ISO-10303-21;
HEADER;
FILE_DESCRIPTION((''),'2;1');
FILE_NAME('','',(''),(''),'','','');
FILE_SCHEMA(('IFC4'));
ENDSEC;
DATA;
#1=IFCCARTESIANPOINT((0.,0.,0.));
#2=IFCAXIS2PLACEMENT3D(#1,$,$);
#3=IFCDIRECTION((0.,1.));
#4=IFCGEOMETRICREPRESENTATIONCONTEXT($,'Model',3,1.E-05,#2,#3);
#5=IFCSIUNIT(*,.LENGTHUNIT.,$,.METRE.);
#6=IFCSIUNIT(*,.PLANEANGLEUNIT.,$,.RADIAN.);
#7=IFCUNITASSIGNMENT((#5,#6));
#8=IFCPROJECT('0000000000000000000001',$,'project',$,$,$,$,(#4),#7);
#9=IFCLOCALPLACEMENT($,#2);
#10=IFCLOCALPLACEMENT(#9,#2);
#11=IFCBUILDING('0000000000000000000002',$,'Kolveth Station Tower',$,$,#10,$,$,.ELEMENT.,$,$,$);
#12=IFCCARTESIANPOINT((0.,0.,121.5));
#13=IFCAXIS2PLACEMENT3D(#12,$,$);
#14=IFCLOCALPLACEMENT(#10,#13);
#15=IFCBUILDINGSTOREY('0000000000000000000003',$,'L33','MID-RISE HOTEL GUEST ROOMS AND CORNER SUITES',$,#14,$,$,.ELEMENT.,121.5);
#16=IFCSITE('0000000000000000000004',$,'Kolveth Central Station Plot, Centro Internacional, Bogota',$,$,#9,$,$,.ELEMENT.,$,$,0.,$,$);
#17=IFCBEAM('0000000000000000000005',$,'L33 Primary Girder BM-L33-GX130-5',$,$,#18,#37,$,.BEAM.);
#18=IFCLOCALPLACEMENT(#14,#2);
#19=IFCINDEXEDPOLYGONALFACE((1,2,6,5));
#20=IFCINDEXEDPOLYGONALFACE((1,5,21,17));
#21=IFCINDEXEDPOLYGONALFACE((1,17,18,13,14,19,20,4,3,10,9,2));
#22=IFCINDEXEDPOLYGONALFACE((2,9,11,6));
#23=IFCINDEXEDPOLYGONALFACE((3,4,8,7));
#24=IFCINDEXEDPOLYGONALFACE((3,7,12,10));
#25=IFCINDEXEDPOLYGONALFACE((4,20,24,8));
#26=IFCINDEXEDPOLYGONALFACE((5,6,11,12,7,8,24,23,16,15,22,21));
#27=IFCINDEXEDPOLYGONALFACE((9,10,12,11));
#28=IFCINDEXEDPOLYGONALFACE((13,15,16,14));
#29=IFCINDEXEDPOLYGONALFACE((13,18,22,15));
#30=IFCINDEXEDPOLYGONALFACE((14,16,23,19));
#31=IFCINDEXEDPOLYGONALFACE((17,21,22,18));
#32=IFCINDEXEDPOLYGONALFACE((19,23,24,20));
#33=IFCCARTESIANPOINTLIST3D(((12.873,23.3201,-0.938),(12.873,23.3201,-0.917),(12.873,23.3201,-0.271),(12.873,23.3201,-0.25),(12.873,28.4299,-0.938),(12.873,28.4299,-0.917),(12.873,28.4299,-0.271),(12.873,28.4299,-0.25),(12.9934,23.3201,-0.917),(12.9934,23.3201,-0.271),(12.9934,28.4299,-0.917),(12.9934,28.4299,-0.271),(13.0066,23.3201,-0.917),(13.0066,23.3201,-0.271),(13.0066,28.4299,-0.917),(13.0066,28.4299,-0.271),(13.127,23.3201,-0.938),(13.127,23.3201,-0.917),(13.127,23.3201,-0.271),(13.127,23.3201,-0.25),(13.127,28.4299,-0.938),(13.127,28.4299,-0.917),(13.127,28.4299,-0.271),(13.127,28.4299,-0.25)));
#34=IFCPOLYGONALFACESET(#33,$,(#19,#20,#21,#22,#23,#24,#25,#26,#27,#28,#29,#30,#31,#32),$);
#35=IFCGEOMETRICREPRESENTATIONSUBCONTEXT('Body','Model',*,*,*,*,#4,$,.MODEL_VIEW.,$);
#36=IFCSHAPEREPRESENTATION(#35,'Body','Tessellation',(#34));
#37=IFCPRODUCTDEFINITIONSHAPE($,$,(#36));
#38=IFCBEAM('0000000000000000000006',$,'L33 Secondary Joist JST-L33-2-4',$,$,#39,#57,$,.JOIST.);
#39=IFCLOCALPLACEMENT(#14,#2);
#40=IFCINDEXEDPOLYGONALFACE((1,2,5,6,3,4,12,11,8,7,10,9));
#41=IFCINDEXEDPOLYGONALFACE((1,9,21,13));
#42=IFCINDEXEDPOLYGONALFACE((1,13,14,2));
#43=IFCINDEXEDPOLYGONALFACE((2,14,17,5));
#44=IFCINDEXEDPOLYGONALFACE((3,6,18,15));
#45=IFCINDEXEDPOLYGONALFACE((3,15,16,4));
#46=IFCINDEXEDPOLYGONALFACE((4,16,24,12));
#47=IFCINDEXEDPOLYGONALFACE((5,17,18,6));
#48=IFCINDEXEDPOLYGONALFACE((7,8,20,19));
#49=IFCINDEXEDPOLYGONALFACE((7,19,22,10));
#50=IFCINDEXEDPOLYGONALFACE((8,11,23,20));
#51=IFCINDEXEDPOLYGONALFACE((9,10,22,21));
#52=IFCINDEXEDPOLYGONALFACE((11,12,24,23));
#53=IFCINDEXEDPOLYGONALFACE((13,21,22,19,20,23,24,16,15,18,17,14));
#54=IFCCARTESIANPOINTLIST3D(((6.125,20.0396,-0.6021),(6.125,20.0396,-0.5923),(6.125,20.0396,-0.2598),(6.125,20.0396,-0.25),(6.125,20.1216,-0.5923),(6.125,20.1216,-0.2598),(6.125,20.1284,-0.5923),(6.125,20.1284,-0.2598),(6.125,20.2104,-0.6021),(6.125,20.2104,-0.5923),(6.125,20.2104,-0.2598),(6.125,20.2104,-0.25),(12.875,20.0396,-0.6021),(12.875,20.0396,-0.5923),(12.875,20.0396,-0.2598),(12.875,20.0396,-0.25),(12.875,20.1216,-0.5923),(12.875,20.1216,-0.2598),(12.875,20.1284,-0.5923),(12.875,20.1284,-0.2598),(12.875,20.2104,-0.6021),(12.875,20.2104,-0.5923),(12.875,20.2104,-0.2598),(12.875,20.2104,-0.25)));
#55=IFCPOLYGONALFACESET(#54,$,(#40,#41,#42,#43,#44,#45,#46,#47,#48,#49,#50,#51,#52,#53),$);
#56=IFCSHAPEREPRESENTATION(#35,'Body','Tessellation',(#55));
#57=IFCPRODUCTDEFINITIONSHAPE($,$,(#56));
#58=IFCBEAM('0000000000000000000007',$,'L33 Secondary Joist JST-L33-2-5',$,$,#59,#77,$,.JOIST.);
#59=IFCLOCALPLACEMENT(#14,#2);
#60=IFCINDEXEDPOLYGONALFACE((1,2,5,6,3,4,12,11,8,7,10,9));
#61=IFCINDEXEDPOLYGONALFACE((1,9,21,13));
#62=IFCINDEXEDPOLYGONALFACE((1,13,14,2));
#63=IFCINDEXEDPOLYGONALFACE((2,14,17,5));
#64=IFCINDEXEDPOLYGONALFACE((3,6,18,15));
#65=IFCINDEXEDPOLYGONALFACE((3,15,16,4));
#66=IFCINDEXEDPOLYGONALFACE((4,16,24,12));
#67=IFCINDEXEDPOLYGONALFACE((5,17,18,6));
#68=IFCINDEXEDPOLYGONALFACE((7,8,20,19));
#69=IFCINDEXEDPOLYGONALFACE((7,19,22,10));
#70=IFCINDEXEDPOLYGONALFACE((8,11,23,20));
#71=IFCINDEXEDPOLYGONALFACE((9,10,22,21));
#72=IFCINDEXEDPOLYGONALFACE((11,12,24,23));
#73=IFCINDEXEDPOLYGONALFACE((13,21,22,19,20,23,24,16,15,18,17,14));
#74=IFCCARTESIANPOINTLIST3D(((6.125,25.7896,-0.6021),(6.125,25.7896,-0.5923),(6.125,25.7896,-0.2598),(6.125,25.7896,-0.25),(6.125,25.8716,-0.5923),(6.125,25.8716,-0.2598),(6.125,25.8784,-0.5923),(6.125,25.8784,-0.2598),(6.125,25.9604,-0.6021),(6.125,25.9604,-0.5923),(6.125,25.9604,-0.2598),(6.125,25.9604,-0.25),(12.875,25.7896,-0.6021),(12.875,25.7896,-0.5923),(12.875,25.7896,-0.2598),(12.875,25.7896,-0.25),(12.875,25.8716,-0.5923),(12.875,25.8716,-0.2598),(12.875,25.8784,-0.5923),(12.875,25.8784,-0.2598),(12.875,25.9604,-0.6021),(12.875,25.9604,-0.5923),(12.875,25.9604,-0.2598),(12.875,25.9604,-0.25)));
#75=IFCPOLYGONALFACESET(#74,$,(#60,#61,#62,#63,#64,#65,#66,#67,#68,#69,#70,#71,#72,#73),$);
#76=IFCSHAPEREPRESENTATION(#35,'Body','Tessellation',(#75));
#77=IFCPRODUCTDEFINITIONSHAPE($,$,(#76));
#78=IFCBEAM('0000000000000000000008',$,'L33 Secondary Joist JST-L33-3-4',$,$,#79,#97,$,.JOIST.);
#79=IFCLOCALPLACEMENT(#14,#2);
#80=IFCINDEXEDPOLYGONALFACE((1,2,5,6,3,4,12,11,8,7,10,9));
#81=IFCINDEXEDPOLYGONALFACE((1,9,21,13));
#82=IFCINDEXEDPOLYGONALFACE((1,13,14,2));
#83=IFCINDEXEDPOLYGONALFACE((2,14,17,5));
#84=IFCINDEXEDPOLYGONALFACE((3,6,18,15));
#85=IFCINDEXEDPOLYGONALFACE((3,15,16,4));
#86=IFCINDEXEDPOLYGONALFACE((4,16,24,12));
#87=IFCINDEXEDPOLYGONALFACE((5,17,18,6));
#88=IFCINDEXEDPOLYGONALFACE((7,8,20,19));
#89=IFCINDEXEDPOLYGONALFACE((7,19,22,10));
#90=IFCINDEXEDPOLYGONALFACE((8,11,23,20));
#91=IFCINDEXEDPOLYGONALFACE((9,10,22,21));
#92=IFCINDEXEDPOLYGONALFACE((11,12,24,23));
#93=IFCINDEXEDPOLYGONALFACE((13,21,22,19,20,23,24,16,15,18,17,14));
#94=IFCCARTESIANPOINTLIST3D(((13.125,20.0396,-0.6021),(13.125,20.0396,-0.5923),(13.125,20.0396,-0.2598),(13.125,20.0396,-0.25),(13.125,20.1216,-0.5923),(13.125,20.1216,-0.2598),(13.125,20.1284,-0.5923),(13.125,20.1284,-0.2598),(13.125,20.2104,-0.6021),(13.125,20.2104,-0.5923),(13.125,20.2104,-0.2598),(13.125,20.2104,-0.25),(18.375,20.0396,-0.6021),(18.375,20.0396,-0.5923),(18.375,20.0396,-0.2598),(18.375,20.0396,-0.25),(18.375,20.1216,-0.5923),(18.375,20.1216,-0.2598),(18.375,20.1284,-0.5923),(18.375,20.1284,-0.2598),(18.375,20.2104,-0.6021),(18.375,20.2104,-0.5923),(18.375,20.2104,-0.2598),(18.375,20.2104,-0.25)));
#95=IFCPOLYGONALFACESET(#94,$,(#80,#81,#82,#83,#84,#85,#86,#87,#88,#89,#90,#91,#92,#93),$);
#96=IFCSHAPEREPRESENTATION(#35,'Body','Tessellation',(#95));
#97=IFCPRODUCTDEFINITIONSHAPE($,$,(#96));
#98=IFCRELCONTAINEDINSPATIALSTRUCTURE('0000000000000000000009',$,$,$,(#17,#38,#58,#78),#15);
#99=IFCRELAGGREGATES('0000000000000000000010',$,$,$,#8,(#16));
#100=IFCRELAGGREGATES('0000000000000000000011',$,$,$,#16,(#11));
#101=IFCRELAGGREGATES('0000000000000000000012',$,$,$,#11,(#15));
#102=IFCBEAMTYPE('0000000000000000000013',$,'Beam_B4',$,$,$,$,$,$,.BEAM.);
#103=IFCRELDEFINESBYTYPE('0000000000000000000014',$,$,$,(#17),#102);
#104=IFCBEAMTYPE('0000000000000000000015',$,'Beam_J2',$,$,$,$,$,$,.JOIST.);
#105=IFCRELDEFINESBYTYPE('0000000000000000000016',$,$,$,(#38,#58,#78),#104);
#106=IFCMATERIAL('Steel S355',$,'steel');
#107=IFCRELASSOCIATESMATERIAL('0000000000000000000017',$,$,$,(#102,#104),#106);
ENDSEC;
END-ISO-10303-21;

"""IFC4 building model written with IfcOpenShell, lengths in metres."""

from ifc_helpers import new_model, si_unit, direction, frame, origin, origin_2d, place, context, subcontext, project, spatial, i_section, extrude, source, transform, mapped, material, material_profile, profile_set, type_object, element, save


model = new_model("IFC4")

# Units and contexts
model_context = context("Model", 3, precision=1e-05, world=origin(), true_north=direction((0.0, 1.0)))
body_context = subcontext(model_context, "Body", "Model", "MODEL_VIEW")
ifc_project = project(units=[si_unit("LENGTHUNIT", "METRE"), si_unit("PLANEANGLEUNIT", "RADIAN")], contexts=[model_context])

# Site, building, storey
site_placement = place(None, origin())
site = spatial("IfcSite", under=ifc_project, at=site_placement, Name="Kolveth Central Station Plot, Centro Internacional, Bogota", CompositionType="ELEMENT", RefElevation=0.0)
building_placement = place(site_placement, origin())
building = spatial("IfcBuilding", under=site, at=building_placement, Name="Kolveth Station Tower", CompositionType="ELEMENT")
storey_placement = place(building_placement, frame((0.0, 0.0, 121.5)))
storey = spatial("IfcBuildingStorey", under=building, at=storey_placement, Name="L33", Description="MID-RISE HOTEL GUEST ROOMS AND CORNER SUITES", CompositionType="ELEMENT", Elevation=121.5)

# Shared definitions
ifc_material_1 = material(Name="Steel S355", Category="steel")

# Beams
ifc_material_profile_1 = material_profile(ifc_material_1, i_section(OverallWidth=0.2539, OverallDepth=0.688, WebThickness=0.0132, FlangeThickness=0.021, at=origin_2d()), Name="W690x152")
ifc_profile_set_1 = profile_set([ifc_material_profile_1], Name="Steel S355")
beam_type_1 = type_object("IfcBeamType", Name="Beam_B4", PredefinedType="BEAM", material=ifc_profile_set_1)
shared_shape_1 = source(origin(), body_context, "Body", "SweptSolid", [
    extrude(i_section(OverallWidth=0.2539, OverallDepth=0.688, WebThickness=0.0132, FlangeThickness=0.021, at=origin_2d()), origin(), (0.0, 0.0, 1.0), 5.1099),
])
for number, where, z_axis, x_axis, name in (
    (1, (13.0, 23.3201, -0.594), (0.0, 1.0, 0.0), (-1.0, 0.0, 0.0), "L33 Primary Girder BM-L33-GX130-5"),
):
    element("IfcBeam", number, at=place(storey_placement, frame(where, z_axis=z_axis, x_axis=x_axis)), inside=storey, type_object=beam_type_1, Name=name, PredefinedType="BEAM", context=body_context, shape_type="MappedRepresentation", body=[
        mapped(shared_shape_1, transform((0.0, 0.0, 0.0), x_axis=(1.0, 0.0, 0.0), y_axis=(0.0, 1.0, 0.0), z_axis=(0.0, 0.0, 1.0), scale=1.0)),
    ])
ifc_material_profile_2 = material_profile(ifc_material_1, i_section(OverallWidth=0.1709, OverallDepth=0.3521, WebThickness=0.0068, FlangeThickness=0.0098, at=origin_2d()), Name="W360x44")
ifc_profile_set_2 = profile_set([ifc_material_profile_2], Name="Steel S355")
beam_type_2 = type_object("IfcBeamType", Name="Beam_J2", PredefinedType="JOIST", material=ifc_profile_set_2)
shared_shape_2 = source(origin(), body_context, "Body", "SweptSolid", [
    extrude(i_section(OverallWidth=0.1709, OverallDepth=0.3521, WebThickness=0.0068, FlangeThickness=0.0098, at=origin_2d()), origin(), (0.0, 0.0, 1.0), 6.75),
])
for number, where, z_axis, x_axis, name in (
    (2, (6.125, 20.125, -0.426), (1.0, 0.0, 0.0), (0.0, 1.0, 0.0), "L33 Secondary Joist JST-L33-2-4"),
    (3, (6.125, 25.875, -0.426), (1.0, 0.0, 0.0), (0.0, 1.0, 0.0), "L33 Secondary Joist JST-L33-2-5"),
):
    element("IfcBeam", number, at=place(storey_placement, frame(where, z_axis=z_axis, x_axis=x_axis)), inside=storey, type_object=beam_type_2, Name=name, PredefinedType="JOIST", context=body_context, shape_type="MappedRepresentation", body=[
        mapped(shared_shape_2, transform((0.0, 0.0, 0.0), x_axis=(1.0, 0.0, 0.0), y_axis=(0.0, 1.0, 0.0), z_axis=(0.0, 0.0, 1.0), scale=1.0)),
    ])
shared_shape_3 = source(origin(), body_context, "Body", "SweptSolid", [
    extrude(i_section(OverallWidth=0.1709, OverallDepth=0.3521, WebThickness=0.0068, FlangeThickness=0.0098, at=origin_2d()), origin(), (0.0, 0.0, 1.0), 5.25),
])
beam_placement = place(storey_placement, frame((13.125, 20.125, -0.426), z_axis=(1.0, 0.0, 0.0), x_axis=(0.0, 1.0, 0.0)))
element("IfcBeam", 4, at=beam_placement, inside=storey, type_object=beam_type_2, Name="L33 Secondary Joist JST-L33-3-4", PredefinedType="JOIST", context=body_context, shape_type="MappedRepresentation", body=[
    mapped(shared_shape_3, transform((0.0, 0.0, 0.0), x_axis=(1.0, 0.0, 0.0), y_axis=(0.0, 1.0, 0.0), z_axis=(0.0, 0.0, 1.0), scale=1.0)),
])

save(model, "model.ifc")
